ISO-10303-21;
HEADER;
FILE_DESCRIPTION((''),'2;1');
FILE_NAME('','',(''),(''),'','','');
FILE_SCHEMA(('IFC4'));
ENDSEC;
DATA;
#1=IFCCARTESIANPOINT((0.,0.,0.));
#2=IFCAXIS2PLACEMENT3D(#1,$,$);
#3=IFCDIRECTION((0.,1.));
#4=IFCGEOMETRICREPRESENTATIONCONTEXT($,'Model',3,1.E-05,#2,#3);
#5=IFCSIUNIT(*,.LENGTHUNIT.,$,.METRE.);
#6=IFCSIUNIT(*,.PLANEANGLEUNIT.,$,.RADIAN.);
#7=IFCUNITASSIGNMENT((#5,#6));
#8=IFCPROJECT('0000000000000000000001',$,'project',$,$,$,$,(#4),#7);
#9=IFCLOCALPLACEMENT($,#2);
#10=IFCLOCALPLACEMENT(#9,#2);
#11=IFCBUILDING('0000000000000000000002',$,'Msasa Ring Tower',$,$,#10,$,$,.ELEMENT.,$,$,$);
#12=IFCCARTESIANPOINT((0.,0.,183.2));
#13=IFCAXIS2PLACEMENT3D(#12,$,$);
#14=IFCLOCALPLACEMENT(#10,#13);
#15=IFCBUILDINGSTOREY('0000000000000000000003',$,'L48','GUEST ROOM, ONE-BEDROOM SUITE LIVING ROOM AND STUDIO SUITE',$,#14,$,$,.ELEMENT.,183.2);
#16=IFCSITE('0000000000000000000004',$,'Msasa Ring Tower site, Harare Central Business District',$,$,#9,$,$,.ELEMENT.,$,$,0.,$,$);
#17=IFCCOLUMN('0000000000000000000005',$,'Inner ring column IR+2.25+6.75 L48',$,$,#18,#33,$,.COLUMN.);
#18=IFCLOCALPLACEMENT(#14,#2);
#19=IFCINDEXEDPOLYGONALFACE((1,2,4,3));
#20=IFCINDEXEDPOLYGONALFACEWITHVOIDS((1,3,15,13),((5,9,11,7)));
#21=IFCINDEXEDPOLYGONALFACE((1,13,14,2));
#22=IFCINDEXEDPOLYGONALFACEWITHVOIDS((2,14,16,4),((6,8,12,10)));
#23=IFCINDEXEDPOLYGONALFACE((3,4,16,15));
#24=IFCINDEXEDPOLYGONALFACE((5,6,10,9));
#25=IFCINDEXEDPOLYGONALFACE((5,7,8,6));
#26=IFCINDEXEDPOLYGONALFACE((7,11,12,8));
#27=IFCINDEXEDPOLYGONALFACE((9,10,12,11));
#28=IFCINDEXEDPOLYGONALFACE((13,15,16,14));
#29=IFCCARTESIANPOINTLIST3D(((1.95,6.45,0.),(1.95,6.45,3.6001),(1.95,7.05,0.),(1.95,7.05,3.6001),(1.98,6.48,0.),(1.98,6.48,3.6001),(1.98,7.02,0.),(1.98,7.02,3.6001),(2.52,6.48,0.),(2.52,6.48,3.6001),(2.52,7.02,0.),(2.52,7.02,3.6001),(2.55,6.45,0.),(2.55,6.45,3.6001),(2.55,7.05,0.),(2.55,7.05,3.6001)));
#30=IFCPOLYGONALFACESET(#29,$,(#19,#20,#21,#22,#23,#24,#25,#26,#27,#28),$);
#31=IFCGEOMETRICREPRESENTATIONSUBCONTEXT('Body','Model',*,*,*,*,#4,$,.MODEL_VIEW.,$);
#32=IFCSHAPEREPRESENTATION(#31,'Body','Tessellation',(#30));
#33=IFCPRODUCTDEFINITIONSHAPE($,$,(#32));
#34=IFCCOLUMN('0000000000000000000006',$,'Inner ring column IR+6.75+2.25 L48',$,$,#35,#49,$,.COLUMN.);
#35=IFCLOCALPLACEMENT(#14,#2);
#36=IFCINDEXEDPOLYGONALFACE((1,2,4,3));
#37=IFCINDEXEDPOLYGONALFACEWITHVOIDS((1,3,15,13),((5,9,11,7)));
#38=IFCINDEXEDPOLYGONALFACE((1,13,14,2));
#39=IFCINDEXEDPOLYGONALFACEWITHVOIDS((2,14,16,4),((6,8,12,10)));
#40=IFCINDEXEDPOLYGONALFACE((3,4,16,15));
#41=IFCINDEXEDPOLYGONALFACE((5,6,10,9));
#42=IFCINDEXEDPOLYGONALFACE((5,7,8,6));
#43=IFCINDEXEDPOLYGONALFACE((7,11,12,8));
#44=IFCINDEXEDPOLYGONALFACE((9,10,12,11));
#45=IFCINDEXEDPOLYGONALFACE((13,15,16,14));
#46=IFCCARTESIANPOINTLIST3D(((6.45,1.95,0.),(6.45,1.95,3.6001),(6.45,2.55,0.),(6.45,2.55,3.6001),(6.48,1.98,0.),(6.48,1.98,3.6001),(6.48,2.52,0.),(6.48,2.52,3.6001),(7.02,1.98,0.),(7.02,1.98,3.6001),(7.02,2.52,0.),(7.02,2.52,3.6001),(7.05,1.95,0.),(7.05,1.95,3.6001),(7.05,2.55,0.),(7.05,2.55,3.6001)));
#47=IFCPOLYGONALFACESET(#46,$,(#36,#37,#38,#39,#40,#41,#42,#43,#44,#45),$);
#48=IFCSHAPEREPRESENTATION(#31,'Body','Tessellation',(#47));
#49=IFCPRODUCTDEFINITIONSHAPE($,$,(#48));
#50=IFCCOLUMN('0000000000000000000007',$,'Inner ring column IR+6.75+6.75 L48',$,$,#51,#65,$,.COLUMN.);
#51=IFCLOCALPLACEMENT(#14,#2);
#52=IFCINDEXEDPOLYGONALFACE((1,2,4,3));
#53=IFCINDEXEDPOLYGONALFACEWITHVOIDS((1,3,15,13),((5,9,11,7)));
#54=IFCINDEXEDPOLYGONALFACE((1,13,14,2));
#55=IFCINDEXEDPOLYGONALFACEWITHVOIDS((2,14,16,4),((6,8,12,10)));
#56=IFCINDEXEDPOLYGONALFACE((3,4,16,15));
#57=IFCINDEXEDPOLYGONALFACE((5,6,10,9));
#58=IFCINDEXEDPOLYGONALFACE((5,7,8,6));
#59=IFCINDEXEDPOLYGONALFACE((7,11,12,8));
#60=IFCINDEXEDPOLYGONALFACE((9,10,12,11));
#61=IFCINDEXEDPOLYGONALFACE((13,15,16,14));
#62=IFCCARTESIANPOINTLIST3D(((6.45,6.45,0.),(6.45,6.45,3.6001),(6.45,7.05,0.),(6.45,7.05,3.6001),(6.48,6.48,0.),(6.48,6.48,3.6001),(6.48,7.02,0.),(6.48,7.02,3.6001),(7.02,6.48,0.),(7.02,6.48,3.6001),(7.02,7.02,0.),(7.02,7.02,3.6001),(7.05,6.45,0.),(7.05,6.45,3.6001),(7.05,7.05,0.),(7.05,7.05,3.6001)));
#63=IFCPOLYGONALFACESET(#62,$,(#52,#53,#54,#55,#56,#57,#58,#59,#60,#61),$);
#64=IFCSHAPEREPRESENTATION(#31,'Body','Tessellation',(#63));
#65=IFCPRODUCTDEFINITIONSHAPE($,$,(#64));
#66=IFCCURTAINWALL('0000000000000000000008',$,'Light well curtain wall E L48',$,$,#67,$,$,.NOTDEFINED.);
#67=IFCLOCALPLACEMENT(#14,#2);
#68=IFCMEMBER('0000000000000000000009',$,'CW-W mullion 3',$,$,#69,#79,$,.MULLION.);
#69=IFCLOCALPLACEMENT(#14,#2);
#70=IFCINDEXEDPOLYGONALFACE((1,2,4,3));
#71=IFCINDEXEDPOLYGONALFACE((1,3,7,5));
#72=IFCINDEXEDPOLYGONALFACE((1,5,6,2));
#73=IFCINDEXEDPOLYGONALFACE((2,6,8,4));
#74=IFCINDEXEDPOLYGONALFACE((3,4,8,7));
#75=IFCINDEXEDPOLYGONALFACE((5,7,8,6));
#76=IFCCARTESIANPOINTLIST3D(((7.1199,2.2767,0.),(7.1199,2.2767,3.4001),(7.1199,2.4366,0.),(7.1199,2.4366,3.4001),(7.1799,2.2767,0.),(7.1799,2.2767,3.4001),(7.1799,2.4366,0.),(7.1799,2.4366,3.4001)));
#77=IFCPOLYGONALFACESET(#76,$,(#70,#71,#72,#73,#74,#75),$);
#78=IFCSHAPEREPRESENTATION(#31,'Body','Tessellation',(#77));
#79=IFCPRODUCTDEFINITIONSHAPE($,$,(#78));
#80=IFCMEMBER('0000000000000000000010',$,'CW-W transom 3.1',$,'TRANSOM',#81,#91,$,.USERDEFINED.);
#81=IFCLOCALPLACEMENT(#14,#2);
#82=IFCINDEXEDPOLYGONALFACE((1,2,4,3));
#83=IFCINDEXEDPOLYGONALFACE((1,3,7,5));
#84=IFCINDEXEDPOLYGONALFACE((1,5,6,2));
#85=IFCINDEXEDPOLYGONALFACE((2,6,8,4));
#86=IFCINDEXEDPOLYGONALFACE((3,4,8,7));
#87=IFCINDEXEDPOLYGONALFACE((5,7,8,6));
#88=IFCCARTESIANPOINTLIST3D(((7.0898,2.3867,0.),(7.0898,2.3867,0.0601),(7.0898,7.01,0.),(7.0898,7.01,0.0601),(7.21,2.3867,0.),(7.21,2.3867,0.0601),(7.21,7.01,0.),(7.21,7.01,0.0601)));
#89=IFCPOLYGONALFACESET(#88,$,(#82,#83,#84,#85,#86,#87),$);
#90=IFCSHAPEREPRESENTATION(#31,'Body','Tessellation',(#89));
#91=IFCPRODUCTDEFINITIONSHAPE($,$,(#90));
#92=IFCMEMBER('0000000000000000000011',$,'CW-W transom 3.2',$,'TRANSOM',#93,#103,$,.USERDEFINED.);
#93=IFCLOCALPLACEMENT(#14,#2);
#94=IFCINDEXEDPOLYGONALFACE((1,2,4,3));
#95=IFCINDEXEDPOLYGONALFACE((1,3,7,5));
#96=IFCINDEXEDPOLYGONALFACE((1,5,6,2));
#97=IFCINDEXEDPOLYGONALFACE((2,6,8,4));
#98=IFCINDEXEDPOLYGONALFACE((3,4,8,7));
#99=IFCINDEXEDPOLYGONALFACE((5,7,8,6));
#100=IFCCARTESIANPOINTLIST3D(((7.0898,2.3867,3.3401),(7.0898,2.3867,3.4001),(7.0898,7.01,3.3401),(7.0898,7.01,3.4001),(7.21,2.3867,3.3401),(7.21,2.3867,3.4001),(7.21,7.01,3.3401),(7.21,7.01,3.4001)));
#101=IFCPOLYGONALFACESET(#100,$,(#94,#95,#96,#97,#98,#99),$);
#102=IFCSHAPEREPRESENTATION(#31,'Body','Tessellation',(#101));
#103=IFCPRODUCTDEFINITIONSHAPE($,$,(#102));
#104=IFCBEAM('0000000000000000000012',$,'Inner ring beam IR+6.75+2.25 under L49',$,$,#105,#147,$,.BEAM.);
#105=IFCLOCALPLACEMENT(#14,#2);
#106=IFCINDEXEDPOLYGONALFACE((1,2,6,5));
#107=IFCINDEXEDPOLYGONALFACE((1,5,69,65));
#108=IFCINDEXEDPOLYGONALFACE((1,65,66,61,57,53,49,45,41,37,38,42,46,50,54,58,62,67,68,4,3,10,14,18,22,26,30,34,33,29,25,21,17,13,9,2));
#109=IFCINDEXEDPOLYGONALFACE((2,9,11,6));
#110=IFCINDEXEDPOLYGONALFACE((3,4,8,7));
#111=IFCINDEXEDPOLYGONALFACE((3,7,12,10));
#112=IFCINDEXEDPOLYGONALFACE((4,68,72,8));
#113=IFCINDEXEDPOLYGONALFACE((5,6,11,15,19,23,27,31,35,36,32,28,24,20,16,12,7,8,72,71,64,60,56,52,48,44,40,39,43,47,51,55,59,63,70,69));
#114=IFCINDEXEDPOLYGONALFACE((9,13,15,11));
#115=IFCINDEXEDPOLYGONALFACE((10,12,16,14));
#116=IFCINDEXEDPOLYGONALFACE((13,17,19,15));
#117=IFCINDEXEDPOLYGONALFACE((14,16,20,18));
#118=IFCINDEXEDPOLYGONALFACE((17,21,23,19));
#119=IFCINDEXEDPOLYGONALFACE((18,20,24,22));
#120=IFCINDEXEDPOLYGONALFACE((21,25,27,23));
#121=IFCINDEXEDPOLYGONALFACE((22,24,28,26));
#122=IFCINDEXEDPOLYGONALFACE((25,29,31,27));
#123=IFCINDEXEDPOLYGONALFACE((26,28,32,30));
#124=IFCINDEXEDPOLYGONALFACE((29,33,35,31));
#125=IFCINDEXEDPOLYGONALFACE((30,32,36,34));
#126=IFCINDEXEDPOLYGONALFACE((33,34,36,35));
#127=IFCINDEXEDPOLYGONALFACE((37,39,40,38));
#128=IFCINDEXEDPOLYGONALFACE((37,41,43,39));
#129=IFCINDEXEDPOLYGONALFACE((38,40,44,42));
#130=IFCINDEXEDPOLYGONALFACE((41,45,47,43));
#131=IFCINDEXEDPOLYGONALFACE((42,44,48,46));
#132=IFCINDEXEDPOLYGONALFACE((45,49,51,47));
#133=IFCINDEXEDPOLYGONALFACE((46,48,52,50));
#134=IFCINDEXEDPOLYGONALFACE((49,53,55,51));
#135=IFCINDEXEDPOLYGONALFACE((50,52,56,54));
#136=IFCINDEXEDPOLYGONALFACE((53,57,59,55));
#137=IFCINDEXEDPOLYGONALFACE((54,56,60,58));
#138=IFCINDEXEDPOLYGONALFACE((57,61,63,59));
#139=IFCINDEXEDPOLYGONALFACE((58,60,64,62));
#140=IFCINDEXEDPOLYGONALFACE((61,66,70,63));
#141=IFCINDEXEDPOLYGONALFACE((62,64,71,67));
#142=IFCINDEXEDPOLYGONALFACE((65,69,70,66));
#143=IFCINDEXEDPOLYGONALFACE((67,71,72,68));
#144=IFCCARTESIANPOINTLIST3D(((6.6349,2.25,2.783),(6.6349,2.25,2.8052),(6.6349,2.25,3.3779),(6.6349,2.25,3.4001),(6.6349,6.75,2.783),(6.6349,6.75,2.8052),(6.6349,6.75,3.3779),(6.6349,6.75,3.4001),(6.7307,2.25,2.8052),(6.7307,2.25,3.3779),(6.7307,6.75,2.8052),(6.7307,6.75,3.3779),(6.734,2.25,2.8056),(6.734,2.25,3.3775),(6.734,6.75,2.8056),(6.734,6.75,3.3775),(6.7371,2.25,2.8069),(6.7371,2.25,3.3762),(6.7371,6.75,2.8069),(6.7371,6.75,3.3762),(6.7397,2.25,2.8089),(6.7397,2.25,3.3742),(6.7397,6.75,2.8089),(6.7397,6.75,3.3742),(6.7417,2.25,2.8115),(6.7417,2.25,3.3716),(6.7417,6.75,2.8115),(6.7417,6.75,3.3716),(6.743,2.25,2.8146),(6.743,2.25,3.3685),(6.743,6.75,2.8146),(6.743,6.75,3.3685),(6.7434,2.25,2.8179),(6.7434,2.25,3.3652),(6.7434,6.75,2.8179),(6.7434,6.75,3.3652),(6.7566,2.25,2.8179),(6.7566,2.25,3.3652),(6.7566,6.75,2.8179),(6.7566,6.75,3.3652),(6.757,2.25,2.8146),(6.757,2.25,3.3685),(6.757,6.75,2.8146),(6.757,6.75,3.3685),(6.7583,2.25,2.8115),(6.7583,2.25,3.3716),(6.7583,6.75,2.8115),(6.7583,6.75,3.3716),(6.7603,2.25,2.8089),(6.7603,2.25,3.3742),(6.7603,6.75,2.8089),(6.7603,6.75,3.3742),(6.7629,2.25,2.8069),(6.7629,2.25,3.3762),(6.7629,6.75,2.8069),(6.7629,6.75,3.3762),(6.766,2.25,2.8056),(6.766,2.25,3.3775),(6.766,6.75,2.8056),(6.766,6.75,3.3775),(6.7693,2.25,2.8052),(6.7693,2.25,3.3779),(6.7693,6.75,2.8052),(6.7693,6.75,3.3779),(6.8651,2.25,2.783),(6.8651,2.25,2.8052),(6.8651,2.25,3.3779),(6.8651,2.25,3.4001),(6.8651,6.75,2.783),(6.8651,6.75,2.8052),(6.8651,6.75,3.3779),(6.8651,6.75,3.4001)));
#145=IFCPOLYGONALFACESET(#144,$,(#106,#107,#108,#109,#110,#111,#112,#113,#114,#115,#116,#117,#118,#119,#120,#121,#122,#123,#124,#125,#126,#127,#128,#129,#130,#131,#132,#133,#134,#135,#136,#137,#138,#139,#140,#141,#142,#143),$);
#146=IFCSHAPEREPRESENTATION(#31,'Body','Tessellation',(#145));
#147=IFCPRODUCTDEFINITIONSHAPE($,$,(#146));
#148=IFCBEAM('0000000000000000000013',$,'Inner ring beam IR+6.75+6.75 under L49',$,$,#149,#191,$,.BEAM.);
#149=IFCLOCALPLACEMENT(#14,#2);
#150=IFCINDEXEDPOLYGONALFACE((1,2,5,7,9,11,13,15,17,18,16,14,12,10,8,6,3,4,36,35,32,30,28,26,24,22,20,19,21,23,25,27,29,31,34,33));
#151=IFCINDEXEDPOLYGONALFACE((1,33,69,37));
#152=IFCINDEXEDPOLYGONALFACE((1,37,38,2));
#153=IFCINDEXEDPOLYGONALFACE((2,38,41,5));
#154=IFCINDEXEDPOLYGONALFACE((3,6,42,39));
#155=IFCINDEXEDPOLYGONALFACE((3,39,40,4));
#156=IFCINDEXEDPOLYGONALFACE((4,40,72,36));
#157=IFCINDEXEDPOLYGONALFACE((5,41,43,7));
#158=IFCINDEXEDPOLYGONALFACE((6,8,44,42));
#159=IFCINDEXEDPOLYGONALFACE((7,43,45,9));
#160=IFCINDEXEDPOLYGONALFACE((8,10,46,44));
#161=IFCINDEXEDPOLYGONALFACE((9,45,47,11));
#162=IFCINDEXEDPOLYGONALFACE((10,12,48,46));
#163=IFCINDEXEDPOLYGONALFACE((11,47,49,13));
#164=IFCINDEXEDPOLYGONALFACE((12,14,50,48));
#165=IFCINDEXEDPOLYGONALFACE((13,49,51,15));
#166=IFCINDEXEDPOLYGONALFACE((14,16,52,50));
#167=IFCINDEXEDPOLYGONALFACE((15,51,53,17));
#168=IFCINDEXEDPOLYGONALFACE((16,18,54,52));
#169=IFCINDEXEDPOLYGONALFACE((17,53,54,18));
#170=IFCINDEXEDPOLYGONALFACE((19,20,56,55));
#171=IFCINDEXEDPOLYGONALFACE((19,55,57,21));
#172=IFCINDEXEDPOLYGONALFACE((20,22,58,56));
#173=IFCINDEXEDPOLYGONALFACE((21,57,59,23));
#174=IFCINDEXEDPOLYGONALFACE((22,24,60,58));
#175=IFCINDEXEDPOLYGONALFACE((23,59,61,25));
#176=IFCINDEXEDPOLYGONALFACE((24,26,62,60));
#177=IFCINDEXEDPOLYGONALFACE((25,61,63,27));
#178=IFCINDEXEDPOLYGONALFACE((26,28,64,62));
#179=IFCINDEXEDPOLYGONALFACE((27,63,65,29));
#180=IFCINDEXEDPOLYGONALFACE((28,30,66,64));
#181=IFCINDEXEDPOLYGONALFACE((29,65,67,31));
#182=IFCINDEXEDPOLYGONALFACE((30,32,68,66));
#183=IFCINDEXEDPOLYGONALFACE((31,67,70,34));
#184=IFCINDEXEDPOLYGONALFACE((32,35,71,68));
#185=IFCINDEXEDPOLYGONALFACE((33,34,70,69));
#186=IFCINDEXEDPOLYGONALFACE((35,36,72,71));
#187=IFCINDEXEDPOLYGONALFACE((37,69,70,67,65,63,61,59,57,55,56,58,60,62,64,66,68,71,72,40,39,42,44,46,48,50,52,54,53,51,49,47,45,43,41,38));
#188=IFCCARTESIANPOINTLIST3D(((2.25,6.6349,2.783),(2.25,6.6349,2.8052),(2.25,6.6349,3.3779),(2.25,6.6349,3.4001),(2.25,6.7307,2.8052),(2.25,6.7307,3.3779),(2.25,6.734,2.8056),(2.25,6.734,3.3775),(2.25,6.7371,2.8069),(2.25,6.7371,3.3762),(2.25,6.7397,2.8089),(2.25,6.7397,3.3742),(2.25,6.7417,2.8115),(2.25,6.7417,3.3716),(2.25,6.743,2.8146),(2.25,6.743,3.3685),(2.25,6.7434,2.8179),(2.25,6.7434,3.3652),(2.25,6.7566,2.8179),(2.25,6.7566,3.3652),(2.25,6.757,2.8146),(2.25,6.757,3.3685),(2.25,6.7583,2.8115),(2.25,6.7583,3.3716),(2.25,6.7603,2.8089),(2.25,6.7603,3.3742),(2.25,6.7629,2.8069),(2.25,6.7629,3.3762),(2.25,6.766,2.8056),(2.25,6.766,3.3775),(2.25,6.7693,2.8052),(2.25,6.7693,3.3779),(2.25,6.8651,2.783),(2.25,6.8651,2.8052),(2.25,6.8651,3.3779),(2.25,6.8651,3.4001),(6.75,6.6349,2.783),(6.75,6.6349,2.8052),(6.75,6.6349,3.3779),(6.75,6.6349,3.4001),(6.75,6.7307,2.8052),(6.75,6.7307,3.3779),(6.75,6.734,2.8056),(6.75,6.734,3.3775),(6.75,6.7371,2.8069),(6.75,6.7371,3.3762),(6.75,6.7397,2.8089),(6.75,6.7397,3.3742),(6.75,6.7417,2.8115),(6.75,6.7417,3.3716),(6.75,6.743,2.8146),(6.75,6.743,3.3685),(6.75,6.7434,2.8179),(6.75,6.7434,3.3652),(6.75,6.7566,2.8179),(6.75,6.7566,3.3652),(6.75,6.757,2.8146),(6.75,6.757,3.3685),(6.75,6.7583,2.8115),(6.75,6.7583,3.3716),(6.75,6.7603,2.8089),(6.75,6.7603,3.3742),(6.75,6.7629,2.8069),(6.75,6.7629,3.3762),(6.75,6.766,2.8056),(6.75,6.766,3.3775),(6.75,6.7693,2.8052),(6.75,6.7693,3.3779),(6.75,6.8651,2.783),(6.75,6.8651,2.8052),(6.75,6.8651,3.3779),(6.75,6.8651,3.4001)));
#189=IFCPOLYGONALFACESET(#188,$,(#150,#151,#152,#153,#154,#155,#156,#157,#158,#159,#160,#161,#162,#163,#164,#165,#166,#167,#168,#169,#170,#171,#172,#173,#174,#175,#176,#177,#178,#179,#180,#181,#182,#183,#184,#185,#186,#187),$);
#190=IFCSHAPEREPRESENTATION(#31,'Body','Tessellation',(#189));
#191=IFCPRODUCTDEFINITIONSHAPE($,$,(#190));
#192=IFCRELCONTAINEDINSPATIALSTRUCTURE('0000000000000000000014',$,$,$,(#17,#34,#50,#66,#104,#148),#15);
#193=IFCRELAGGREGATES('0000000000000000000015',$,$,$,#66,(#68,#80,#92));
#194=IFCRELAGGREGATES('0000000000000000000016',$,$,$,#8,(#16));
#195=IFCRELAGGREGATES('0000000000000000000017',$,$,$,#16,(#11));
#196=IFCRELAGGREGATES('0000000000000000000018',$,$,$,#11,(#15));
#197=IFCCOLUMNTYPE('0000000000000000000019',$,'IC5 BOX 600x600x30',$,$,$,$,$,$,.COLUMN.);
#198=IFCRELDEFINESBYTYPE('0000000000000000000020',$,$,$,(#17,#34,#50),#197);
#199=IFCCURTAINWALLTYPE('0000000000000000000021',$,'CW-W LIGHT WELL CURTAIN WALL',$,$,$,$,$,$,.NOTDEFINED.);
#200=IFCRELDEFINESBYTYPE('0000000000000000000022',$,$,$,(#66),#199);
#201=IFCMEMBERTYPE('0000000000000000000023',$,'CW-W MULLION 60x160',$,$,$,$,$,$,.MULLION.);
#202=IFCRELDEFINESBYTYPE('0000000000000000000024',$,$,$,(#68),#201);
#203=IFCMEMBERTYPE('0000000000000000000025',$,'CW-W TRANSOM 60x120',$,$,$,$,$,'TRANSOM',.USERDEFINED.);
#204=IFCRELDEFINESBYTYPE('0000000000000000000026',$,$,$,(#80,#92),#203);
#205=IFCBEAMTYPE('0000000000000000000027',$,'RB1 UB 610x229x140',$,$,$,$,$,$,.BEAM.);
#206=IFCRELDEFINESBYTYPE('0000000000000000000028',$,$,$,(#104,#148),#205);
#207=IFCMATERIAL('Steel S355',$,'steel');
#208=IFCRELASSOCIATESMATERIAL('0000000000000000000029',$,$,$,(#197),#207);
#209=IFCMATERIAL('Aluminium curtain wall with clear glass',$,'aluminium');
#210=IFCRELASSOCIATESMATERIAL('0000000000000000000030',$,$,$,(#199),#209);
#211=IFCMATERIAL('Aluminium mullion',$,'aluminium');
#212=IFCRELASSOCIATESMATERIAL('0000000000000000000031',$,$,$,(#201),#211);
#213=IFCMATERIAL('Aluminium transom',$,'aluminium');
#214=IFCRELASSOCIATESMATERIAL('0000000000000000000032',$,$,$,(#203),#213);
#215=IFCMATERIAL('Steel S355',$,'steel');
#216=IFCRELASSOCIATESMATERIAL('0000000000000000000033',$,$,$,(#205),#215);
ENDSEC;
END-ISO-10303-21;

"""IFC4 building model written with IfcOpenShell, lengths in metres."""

from ifc_helpers import new_model, si_unit, direction, frame, origin, origin_2d, place, context, subcontext, project, spatial, rectangle, hollow_rectangle, i_section, extrude, material, material_profile, profile_set, type_object, element, aggregate, save


model = new_model("IFC4")

# Units and contexts
model_context = context("Model", 3, precision=1e-05, world=origin(), true_north=direction((0.0, 1.0)))
body_context = subcontext(model_context, "Body", "Model", "MODEL_VIEW")
ifc_project = project(units=[si_unit("LENGTHUNIT", "METRE"), si_unit("PLANEANGLEUNIT", "RADIAN")], contexts=[model_context])

# Site, building, storey
site_placement = place(None, origin())
site = spatial("IfcSite", under=ifc_project, at=site_placement, Name="Msasa Ring Tower site, Harare Central Business District", CompositionType="ELEMENT", RefElevation=0.0)
building_placement = place(site_placement, origin())
building = spatial("IfcBuilding", under=site, at=building_placement, Name="Msasa Ring Tower", CompositionType="ELEMENT")
storey_placement = place(building_placement, frame((0.0, 0.0, 183.2)))
storey = spatial("IfcBuildingStorey", under=building, at=storey_placement, Name="L48", Description="GUEST ROOM, ONE-BEDROOM SUITE LIVING ROOM AND STUDIO SUITE", CompositionType="ELEMENT", Elevation=183.2)

# Columns
ifc_material_1 = material(Name="Steel S355", Category="steel")
ifc_material_profile_1 = material_profile(ifc_material_1, hollow_rectangle(XDim=0.6001, YDim=0.6001, WallThickness=0.03, at=origin_2d()), Name="BOX 600x600x30")
ifc_profile_set_1 = profile_set([ifc_material_profile_1], Name="Steel S355")
column_type = type_object("IfcColumnType", Name="IC5 BOX 600x600x30", PredefinedType="COLUMN", material=ifc_profile_set_1)
for number, where, z_axis, x_axis, name in (
    (1, (2.25, 6.75, 0.0), (0.0, 0.0, 1.0), (1.0, 0.0, 0.0), "Inner ring column IR+2.25+6.75 L48"),
    (2, (6.75, 2.25, 0.0), (0.0, 0.0, 1.0), (1.0, 0.0, 0.0), "Inner ring column IR+6.75+2.25 L48"),
    (3, (6.75, 6.75, 0.0), (0.0, 0.0, 1.0), (1.0, 0.0, 0.0), "Inner ring column IR+6.75+6.75 L48"),
):
    element("IfcColumn", number, at=place(storey_placement, frame(where, z_axis=z_axis, x_axis=x_axis)), inside=storey, type_object=column_type, Name=name, PredefinedType="COLUMN", context=body_context, shape_type="SweptSolid", body=[
        extrude(hollow_rectangle(XDim=0.6001, YDim=0.6001, WallThickness=0.03, at=origin_2d()), origin(), (0.0, 0.0, 1.0), 3.6001),
    ])

# Curtain wall, members
ifc_material_2 = material(Name="Aluminium curtain wall with clear glass", Category="aluminium")
curtain_wall_type = type_object("IfcCurtainWallType", Name="CW-W LIGHT WELL CURTAIN WALL", PredefinedType="NOTDEFINED", material=ifc_material_2)
curtain_wall_placement = place(storey_placement, origin())
curtain_wall = element("IfcCurtainWall", 4, at=curtain_wall_placement, inside=storey, type_object=curtain_wall_type, Name="Light well curtain wall E L48", PredefinedType="NOTDEFINED")
ifc_material_3 = material(Name="Aluminium mullion", Category="aluminium")
ifc_material_profile_2 = material_profile(ifc_material_3, rectangle(XDim=0.0601, YDim=0.1599, at=origin_2d()), Name="AL 60x160")
ifc_profile_set_2 = profile_set([ifc_material_profile_2], Name="Aluminium mullion")
member_type_1 = type_object("IfcMemberType", Name="CW-W MULLION 60x160", PredefinedType="MULLION", material=ifc_profile_set_2)
member_1_placement = place(storey_placement, frame((7.1499, 2.3567, 0.0), z_axis=(0.0, 0.0, 1.0), x_axis=(-1.0, 0.0, 0.0)))
member_1 = element("IfcMember", 5, at=member_1_placement, type_object=member_type_1, Name="CW-W mullion 3", PredefinedType="MULLION", context=body_context, shape_type="SweptSolid", body=[
    extrude(rectangle(XDim=0.0601, YDim=0.1599, at=origin_2d()), origin(), (0.0, 0.0, 1.0), 3.4001),
])
ifc_material_4 = material(Name="Aluminium transom", Category="aluminium")
ifc_material_profile_3 = material_profile(ifc_material_4, rectangle(XDim=0.1201, YDim=0.0601, at=origin_2d()), Name="AL 60x120")
ifc_profile_set_3 = profile_set([ifc_material_profile_3], Name="Aluminium transom")
member_type_2 = type_object("IfcMemberType", Name="CW-W TRANSOM 60x120", ElementType="TRANSOM", PredefinedType="USERDEFINED", material=ifc_profile_set_3)
member_2_placement = place(storey_placement, frame((7.1499, 2.3867, 0.03), z_axis=(0.0, 1.0, 0.0), x_axis=(-1.0, 0.0, 0.0)))
member_2 = element("IfcMember", 6, at=member_2_placement, type_object=member_type_2, Name="CW-W transom 3.1", ObjectType="TRANSOM", PredefinedType="USERDEFINED", context=body_context, shape_type="SweptSolid", body=[
    extrude(rectangle(XDim=0.1201, YDim=0.0601, at=origin_2d()), origin(), (0.0, 0.0, 1.0), 4.6233),
])
member_3_placement = place(storey_placement, frame((7.1499, 2.3867, 3.3701), z_axis=(0.0, 1.0, 0.0), x_axis=(-1.0, 0.0, 0.0)))
member_3 = element("IfcMember", 7, at=member_3_placement, type_object=member_type_2, Name="CW-W transom 3.2", ObjectType="TRANSOM", PredefinedType="USERDEFINED", context=body_context, shape_type="SweptSolid", body=[
    extrude(rectangle(XDim=0.1201, YDim=0.0601, at=origin_2d()), origin(), (0.0, 0.0, 1.0), 4.6233),
])

# Beams
ifc_material_5 = material(Name="Steel S355", Category="steel")
ifc_material_profile_4 = material_profile(ifc_material_5, i_section(OverallWidth=0.2302, OverallDepth=0.6172, WebThickness=0.0132, FlangeThickness=0.0222, FilletRadius=0.0127, at=origin_2d()), Name="UB 610x229x140")
ifc_profile_set_4 = profile_set([ifc_material_profile_4], Name="Steel S355")
beam_type = type_object("IfcBeamType", Name="RB1 UB 610x229x140", PredefinedType="BEAM", material=ifc_profile_set_4)
for number, where, z_axis, x_axis, name in (
    (8, (6.75, 2.25, 3.0916), (0.0, 1.0, 0.0), (-1.0, 0.0, 0.0), "Inner ring beam IR+6.75+2.25 under L49"),
    (9, (6.75, 6.75, 3.0916), (-1.0, 0.0, 0.0), (0.0, -1.0, 0.0), "Inner ring beam IR+6.75+6.75 under L49"),
):
    element("IfcBeam", number, at=place(storey_placement, frame(where, z_axis=z_axis, x_axis=x_axis)), inside=storey, type_object=beam_type, Name=name, PredefinedType="BEAM", context=body_context, shape_type="SweptSolid", body=[
        extrude(i_section(OverallWidth=0.2302, OverallDepth=0.6172, WebThickness=0.0132, FlangeThickness=0.0222, FilletRadius=0.0127, at=origin_2d()), origin(), (0.0, 0.0, 1.0), 4.5),
    ])

aggregate(curtain_wall, [member_1, member_2, member_3])

save(model, "model.ifc")
